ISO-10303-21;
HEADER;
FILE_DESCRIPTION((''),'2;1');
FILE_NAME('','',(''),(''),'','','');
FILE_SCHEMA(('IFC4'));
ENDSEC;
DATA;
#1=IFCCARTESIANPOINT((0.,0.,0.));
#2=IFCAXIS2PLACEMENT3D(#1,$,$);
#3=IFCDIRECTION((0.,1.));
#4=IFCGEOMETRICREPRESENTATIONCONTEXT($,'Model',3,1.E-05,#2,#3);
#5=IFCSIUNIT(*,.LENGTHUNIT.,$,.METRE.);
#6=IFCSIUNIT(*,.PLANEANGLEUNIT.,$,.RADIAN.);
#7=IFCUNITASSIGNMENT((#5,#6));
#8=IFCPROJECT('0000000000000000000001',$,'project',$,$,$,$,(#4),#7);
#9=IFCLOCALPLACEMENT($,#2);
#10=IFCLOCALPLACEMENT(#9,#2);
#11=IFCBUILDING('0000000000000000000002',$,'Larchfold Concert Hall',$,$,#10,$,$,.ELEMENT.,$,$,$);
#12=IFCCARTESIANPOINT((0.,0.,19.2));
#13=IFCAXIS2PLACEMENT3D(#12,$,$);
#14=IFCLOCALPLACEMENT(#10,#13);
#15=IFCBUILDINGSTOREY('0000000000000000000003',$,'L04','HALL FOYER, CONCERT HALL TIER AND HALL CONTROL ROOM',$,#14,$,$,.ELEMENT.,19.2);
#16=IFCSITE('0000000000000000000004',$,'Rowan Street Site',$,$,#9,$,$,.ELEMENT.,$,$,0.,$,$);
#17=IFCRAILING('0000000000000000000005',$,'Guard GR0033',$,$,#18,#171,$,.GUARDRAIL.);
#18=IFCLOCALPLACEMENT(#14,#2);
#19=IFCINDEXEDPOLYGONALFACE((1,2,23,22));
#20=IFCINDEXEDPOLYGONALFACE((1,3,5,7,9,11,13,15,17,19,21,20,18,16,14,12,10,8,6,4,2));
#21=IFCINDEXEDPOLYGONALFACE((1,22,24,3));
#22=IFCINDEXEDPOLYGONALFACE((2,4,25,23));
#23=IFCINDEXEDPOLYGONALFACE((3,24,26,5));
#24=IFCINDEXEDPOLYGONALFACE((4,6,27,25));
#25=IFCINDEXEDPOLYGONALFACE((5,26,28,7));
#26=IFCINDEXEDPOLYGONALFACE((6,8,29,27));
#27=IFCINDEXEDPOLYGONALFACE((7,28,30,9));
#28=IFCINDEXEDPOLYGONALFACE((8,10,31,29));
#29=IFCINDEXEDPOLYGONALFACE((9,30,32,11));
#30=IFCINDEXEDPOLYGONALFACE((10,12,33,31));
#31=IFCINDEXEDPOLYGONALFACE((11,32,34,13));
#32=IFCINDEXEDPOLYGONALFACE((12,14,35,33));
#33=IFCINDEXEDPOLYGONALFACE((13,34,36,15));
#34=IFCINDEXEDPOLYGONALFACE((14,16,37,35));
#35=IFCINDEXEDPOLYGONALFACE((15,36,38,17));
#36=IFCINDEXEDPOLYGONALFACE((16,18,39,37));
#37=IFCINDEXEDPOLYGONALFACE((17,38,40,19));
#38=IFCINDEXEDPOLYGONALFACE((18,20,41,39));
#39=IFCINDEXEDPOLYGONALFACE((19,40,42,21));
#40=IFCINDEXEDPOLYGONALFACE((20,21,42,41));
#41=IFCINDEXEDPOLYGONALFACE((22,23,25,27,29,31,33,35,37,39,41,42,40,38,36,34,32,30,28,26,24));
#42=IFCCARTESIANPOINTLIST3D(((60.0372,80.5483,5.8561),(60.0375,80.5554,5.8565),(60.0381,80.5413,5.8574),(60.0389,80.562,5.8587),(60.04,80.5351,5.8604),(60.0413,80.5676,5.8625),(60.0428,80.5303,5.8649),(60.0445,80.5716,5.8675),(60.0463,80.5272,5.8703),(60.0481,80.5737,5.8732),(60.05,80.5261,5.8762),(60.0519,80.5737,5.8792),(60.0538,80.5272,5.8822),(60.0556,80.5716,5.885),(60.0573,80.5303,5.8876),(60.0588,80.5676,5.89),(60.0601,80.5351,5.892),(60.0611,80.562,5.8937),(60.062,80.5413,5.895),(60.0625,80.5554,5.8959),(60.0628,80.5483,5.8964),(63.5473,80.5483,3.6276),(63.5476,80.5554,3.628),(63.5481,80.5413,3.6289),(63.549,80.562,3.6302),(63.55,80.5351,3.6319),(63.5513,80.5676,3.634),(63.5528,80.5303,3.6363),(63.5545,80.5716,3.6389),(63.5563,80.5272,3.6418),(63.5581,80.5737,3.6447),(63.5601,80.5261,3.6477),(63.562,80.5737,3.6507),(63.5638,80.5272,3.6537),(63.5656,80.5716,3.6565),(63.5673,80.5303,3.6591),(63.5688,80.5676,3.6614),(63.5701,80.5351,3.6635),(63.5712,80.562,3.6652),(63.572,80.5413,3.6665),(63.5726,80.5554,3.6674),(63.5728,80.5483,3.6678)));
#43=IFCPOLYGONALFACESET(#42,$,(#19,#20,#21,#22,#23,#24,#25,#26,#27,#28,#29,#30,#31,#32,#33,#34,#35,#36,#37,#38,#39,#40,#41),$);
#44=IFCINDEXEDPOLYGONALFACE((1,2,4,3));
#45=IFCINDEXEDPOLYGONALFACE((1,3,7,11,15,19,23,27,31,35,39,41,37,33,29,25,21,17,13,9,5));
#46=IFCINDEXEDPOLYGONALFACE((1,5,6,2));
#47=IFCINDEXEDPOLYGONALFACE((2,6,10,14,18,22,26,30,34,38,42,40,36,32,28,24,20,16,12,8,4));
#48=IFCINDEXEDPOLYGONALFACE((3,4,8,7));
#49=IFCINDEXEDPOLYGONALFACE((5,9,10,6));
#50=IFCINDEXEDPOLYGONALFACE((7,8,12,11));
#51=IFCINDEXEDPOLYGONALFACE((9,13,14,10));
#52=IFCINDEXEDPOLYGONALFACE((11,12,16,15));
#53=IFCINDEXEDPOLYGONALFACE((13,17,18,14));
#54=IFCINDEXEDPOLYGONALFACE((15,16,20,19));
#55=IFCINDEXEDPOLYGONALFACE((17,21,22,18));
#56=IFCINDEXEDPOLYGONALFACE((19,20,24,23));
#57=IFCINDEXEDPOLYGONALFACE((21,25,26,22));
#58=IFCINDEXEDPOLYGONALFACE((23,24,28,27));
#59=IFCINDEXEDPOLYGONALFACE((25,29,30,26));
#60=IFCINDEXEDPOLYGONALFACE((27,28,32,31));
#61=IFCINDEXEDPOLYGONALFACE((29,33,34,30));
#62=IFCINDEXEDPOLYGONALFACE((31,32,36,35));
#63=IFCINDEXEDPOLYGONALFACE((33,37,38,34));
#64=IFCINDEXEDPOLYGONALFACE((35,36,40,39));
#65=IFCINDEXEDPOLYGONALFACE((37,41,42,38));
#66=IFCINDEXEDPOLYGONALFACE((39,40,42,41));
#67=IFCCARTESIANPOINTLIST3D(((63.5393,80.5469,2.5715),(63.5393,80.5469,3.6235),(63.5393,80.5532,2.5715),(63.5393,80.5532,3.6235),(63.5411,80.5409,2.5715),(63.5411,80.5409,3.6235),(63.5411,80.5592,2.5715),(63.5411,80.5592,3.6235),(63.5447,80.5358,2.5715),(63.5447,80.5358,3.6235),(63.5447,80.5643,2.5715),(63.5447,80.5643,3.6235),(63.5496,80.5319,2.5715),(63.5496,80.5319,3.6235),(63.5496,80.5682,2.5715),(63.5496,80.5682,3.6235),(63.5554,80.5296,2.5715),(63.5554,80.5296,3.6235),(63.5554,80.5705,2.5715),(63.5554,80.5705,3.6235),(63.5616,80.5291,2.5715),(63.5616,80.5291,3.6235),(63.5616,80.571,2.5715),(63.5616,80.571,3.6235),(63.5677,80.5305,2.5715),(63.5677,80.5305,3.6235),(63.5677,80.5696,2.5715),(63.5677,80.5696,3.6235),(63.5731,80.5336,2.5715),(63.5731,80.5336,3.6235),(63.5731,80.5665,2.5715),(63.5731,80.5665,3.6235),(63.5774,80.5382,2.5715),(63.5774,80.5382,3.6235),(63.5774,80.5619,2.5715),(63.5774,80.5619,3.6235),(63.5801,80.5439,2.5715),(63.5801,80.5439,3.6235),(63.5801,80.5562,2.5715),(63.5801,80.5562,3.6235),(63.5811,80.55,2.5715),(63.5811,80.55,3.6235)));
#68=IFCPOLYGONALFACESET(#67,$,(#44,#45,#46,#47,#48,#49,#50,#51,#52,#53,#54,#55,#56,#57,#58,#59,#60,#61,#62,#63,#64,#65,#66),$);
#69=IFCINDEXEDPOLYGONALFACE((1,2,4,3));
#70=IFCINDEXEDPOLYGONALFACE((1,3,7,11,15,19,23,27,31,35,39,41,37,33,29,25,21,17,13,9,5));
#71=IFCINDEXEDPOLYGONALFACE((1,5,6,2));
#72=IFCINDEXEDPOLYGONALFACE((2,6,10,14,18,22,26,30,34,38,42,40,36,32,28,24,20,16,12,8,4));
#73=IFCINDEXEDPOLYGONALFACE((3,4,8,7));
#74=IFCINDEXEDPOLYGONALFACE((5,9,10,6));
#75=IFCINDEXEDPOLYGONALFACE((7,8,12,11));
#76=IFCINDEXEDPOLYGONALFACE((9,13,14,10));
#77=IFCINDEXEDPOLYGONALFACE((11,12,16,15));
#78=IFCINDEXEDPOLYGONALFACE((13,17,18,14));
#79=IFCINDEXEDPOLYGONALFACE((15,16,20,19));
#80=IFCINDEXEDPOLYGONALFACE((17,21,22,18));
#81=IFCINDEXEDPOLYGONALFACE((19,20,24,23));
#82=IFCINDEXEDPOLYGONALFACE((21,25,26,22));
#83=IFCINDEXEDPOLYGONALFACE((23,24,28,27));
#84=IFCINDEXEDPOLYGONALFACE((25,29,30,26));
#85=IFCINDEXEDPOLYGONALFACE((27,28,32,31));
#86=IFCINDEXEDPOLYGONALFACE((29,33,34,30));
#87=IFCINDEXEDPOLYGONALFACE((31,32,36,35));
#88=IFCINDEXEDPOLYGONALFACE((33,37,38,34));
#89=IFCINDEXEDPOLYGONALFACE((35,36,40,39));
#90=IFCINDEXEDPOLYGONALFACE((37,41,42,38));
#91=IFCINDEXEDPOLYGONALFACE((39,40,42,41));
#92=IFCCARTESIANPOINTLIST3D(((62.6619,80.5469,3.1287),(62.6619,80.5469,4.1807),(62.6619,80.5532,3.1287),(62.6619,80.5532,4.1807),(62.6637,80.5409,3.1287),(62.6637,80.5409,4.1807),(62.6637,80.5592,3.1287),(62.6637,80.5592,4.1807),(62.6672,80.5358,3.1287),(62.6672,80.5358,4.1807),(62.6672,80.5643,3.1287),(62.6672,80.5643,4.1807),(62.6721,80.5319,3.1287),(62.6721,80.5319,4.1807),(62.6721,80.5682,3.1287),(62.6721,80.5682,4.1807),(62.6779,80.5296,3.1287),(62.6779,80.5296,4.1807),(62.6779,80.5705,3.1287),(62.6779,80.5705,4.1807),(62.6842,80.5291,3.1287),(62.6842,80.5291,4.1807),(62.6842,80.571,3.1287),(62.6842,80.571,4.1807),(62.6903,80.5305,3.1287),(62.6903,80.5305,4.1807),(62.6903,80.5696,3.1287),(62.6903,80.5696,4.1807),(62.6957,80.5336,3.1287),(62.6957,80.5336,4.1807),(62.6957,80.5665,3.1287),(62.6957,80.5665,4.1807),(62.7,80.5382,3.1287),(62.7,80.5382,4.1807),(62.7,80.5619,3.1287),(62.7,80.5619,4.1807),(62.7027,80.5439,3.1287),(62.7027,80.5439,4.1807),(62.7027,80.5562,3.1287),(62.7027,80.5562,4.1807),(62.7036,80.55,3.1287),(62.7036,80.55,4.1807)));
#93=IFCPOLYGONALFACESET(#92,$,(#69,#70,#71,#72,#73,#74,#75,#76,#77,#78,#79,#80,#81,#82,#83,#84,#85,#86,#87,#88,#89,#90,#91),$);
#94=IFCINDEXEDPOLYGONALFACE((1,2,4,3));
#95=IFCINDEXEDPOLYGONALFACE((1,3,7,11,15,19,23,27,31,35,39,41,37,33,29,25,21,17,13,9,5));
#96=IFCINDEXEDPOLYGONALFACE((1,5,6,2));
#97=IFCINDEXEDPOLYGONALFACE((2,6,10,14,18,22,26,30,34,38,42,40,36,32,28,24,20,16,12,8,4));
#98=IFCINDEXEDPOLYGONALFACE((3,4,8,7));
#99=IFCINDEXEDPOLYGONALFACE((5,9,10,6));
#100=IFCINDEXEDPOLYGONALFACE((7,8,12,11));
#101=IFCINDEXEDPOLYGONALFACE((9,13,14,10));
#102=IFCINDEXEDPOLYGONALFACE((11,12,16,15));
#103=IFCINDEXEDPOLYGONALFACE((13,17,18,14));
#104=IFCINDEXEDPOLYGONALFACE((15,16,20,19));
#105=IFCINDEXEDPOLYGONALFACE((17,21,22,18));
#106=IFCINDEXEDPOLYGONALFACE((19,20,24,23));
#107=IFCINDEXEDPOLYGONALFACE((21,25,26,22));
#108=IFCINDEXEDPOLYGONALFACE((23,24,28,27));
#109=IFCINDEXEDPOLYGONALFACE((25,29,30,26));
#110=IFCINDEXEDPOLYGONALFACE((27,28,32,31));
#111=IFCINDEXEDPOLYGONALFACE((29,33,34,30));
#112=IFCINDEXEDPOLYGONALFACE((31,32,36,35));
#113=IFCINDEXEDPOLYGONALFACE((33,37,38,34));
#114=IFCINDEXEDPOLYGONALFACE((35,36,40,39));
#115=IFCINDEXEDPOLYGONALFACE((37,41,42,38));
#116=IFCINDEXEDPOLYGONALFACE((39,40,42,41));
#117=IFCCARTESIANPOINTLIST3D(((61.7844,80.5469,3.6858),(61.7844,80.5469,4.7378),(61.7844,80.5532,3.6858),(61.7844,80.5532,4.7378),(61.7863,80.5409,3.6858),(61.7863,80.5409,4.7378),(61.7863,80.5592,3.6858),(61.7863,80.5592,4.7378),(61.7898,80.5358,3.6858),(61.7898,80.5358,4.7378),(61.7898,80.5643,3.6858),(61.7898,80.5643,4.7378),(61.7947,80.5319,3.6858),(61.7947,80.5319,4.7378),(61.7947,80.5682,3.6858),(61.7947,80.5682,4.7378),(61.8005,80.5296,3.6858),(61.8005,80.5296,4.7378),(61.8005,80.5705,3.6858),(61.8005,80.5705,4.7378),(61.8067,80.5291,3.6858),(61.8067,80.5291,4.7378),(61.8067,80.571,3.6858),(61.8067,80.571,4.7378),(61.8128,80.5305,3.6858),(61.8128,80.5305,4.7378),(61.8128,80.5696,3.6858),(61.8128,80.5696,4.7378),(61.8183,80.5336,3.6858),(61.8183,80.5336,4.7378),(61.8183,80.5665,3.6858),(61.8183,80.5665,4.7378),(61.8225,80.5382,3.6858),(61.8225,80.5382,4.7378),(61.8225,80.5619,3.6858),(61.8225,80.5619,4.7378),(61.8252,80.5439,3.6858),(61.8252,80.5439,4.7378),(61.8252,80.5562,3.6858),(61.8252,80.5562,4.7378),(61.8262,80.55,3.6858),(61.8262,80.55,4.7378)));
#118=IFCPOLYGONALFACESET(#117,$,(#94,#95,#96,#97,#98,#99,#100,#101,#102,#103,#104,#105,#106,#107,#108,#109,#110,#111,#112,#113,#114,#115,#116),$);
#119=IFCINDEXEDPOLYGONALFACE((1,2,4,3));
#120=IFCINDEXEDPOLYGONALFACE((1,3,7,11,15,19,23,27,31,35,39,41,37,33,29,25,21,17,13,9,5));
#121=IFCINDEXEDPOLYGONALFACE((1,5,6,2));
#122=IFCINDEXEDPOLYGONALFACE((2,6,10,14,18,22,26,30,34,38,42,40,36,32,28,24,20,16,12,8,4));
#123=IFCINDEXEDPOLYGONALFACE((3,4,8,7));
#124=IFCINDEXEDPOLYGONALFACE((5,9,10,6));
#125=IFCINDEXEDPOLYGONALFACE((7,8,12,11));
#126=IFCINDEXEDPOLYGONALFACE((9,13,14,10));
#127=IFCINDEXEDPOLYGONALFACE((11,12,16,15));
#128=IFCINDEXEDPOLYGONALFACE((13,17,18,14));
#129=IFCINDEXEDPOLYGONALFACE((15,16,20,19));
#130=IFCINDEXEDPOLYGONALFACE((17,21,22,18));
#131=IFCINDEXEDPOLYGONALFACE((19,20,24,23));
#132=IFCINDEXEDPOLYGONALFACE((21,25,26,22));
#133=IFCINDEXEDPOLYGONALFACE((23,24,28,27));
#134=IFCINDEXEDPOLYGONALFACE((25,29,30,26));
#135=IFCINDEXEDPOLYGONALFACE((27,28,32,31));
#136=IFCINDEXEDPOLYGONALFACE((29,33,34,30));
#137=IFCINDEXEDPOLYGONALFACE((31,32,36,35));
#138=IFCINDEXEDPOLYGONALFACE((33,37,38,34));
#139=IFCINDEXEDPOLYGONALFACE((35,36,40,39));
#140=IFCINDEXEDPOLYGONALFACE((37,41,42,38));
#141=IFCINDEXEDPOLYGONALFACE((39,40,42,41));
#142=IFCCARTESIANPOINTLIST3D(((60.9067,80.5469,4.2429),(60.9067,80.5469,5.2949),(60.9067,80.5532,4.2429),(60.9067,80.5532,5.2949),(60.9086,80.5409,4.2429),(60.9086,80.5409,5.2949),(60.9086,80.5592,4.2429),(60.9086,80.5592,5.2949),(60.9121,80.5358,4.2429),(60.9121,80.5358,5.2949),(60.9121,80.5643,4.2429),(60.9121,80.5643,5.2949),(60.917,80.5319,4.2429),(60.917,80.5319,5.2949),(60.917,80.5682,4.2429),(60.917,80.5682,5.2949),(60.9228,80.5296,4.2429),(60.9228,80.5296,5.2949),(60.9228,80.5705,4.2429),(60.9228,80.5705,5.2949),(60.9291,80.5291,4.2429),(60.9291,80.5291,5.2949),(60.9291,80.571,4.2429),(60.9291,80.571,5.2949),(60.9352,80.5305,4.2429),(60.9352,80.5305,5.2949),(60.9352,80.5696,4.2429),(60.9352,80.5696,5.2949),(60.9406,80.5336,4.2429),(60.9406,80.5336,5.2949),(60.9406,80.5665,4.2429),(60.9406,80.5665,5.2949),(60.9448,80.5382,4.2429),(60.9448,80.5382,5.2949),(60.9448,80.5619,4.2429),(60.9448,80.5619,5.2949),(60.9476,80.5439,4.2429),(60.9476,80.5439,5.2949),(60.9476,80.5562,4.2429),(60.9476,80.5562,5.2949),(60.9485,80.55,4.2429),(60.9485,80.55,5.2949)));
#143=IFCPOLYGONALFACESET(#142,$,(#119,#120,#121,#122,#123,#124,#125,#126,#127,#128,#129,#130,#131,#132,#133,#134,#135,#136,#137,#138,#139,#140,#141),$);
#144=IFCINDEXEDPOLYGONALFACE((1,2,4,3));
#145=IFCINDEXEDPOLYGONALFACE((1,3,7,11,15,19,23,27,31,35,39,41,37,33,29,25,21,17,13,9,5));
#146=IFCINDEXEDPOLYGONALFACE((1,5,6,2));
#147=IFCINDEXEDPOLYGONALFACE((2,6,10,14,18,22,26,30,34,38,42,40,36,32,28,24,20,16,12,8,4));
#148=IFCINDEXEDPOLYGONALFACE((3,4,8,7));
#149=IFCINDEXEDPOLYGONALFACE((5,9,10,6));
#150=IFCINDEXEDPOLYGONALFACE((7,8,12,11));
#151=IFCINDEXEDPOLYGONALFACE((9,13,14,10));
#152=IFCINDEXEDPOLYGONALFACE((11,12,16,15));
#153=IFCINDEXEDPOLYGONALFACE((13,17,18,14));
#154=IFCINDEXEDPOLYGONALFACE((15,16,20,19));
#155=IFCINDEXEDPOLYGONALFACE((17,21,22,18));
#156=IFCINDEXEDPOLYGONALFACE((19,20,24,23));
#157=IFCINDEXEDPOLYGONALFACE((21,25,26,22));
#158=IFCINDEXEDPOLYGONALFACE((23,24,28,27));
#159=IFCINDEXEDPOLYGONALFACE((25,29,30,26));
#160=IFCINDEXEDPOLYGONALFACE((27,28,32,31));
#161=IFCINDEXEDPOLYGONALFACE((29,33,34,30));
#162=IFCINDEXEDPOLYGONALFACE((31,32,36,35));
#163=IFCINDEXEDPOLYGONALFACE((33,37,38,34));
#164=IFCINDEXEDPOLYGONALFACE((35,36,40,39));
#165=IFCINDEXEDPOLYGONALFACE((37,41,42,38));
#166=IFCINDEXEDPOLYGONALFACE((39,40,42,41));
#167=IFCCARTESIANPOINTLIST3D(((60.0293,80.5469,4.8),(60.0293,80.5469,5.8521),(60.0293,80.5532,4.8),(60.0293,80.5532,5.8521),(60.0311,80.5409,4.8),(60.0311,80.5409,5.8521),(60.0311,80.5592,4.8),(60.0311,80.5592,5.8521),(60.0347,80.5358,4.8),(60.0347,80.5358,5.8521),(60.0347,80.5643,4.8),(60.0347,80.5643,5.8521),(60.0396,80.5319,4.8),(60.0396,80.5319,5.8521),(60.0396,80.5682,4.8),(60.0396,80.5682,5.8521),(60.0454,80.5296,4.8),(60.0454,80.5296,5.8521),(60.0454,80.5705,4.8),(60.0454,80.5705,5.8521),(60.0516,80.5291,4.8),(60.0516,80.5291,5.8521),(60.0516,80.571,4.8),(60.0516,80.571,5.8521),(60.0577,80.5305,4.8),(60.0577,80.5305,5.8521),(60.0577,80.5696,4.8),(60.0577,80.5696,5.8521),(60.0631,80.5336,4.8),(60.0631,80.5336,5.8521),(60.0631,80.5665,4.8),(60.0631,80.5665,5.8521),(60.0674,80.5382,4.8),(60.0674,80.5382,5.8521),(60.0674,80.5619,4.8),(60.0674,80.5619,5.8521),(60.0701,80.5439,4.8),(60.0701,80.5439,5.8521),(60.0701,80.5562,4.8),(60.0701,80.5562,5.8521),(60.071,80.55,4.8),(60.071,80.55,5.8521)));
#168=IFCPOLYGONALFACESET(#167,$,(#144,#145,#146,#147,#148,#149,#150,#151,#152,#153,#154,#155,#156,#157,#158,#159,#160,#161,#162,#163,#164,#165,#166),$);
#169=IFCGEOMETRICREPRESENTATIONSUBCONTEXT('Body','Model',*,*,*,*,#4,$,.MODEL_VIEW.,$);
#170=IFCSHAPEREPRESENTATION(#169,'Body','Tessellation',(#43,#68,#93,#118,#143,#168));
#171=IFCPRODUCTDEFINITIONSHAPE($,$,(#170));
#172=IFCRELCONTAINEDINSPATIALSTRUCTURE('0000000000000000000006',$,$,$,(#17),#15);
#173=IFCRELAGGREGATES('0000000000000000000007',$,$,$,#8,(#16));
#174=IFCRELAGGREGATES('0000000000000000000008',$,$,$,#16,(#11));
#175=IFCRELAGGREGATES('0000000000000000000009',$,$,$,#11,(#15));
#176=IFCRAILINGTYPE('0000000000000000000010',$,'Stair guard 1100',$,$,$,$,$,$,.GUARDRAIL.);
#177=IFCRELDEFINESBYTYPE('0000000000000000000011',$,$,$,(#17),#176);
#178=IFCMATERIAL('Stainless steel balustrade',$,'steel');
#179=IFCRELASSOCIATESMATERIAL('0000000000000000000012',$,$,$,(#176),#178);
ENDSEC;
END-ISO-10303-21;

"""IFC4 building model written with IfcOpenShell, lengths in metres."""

from ifc_helpers import new_model, si_unit, direction, frame, origin, origin_2d, place, context, subcontext, project, spatial, circle, extrude, material, type_object, element, save


model = new_model("IFC4")

# Units and contexts
model_context = context("Model", 3, precision=1e-05, world=origin(), true_north=direction((0.0, 1.0)))
body_context = subcontext(model_context, "Body", "Model", "MODEL_VIEW")
ifc_project = project(units=[si_unit("LENGTHUNIT", "METRE"), si_unit("PLANEANGLEUNIT", "RADIAN")], contexts=[model_context])

# Site, building, storey
site_placement = place(None, origin())
site = spatial("IfcSite", under=ifc_project, at=site_placement, Name="Rowan Street Site", CompositionType="ELEMENT", RefElevation=0.0)
building_placement = place(site_placement, origin())
building = spatial("IfcBuilding", under=site, at=building_placement, Name="Larchfold Concert Hall", CompositionType="ELEMENT")
storey_placement = place(building_placement, frame((0.0, 0.0, 19.2)))
storey = spatial("IfcBuildingStorey", under=building, at=storey_placement, Name="L04", Description="HALL FOYER, CONCERT HALL TIER AND HALL CONTROL ROOM", CompositionType="ELEMENT", Elevation=19.2)

# Railing
ifc_material_1 = material(Name="Stainless steel balustrade", Category="steel")
railing_type_1 = type_object("IfcRailingType", Name="Stair guard 1100", PredefinedType="GUARDRAIL", material=ifc_material_1)
railing_1_placement = place(storey_placement, frame((63.5601, 80.55, 2.5715)))
element("IfcRailing", 1, at=railing_1_placement, inside=storey, type_object=railing_type_1, Name="Guard GR0033", PredefinedType="GUARDRAIL", context=body_context, shape_type="SweptSolid", body=[
    extrude(circle(Radius=0.0239, at=origin_2d()), frame((0.0, 0.0, 1.0762), z_axis=(-0.84422, 0.0, 0.535998), x_axis=(0.0, -1.0, 0.0)), (0.0, 0.0, 1.0), 4.1577),
    extrude(circle(Radius=0.021, at=origin_2d()), origin(), (0.0, 0.0, 1.0), 1.052),
    extrude(circle(Radius=0.021, at=origin_2d()), frame((-0.8774, 0.0, 0.5571)), (0.0, 0.0, 1.0), 1.052),
    extrude(circle(Radius=0.021, at=origin_2d()), frame((-1.7549, 0.0, 1.1143)), (0.0, 0.0, 1.0), 1.052),
    extrude(circle(Radius=0.021, at=origin_2d()), frame((-2.6326, 0.0, 1.6714)), (0.0, 0.0, 1.0), 1.052),
    extrude(circle(Radius=0.021, at=origin_2d()), frame((-3.51, 0.0, 2.2285)), (0.0, 0.0, 1.0), 1.052),
])

save(model, "model.ifc")
